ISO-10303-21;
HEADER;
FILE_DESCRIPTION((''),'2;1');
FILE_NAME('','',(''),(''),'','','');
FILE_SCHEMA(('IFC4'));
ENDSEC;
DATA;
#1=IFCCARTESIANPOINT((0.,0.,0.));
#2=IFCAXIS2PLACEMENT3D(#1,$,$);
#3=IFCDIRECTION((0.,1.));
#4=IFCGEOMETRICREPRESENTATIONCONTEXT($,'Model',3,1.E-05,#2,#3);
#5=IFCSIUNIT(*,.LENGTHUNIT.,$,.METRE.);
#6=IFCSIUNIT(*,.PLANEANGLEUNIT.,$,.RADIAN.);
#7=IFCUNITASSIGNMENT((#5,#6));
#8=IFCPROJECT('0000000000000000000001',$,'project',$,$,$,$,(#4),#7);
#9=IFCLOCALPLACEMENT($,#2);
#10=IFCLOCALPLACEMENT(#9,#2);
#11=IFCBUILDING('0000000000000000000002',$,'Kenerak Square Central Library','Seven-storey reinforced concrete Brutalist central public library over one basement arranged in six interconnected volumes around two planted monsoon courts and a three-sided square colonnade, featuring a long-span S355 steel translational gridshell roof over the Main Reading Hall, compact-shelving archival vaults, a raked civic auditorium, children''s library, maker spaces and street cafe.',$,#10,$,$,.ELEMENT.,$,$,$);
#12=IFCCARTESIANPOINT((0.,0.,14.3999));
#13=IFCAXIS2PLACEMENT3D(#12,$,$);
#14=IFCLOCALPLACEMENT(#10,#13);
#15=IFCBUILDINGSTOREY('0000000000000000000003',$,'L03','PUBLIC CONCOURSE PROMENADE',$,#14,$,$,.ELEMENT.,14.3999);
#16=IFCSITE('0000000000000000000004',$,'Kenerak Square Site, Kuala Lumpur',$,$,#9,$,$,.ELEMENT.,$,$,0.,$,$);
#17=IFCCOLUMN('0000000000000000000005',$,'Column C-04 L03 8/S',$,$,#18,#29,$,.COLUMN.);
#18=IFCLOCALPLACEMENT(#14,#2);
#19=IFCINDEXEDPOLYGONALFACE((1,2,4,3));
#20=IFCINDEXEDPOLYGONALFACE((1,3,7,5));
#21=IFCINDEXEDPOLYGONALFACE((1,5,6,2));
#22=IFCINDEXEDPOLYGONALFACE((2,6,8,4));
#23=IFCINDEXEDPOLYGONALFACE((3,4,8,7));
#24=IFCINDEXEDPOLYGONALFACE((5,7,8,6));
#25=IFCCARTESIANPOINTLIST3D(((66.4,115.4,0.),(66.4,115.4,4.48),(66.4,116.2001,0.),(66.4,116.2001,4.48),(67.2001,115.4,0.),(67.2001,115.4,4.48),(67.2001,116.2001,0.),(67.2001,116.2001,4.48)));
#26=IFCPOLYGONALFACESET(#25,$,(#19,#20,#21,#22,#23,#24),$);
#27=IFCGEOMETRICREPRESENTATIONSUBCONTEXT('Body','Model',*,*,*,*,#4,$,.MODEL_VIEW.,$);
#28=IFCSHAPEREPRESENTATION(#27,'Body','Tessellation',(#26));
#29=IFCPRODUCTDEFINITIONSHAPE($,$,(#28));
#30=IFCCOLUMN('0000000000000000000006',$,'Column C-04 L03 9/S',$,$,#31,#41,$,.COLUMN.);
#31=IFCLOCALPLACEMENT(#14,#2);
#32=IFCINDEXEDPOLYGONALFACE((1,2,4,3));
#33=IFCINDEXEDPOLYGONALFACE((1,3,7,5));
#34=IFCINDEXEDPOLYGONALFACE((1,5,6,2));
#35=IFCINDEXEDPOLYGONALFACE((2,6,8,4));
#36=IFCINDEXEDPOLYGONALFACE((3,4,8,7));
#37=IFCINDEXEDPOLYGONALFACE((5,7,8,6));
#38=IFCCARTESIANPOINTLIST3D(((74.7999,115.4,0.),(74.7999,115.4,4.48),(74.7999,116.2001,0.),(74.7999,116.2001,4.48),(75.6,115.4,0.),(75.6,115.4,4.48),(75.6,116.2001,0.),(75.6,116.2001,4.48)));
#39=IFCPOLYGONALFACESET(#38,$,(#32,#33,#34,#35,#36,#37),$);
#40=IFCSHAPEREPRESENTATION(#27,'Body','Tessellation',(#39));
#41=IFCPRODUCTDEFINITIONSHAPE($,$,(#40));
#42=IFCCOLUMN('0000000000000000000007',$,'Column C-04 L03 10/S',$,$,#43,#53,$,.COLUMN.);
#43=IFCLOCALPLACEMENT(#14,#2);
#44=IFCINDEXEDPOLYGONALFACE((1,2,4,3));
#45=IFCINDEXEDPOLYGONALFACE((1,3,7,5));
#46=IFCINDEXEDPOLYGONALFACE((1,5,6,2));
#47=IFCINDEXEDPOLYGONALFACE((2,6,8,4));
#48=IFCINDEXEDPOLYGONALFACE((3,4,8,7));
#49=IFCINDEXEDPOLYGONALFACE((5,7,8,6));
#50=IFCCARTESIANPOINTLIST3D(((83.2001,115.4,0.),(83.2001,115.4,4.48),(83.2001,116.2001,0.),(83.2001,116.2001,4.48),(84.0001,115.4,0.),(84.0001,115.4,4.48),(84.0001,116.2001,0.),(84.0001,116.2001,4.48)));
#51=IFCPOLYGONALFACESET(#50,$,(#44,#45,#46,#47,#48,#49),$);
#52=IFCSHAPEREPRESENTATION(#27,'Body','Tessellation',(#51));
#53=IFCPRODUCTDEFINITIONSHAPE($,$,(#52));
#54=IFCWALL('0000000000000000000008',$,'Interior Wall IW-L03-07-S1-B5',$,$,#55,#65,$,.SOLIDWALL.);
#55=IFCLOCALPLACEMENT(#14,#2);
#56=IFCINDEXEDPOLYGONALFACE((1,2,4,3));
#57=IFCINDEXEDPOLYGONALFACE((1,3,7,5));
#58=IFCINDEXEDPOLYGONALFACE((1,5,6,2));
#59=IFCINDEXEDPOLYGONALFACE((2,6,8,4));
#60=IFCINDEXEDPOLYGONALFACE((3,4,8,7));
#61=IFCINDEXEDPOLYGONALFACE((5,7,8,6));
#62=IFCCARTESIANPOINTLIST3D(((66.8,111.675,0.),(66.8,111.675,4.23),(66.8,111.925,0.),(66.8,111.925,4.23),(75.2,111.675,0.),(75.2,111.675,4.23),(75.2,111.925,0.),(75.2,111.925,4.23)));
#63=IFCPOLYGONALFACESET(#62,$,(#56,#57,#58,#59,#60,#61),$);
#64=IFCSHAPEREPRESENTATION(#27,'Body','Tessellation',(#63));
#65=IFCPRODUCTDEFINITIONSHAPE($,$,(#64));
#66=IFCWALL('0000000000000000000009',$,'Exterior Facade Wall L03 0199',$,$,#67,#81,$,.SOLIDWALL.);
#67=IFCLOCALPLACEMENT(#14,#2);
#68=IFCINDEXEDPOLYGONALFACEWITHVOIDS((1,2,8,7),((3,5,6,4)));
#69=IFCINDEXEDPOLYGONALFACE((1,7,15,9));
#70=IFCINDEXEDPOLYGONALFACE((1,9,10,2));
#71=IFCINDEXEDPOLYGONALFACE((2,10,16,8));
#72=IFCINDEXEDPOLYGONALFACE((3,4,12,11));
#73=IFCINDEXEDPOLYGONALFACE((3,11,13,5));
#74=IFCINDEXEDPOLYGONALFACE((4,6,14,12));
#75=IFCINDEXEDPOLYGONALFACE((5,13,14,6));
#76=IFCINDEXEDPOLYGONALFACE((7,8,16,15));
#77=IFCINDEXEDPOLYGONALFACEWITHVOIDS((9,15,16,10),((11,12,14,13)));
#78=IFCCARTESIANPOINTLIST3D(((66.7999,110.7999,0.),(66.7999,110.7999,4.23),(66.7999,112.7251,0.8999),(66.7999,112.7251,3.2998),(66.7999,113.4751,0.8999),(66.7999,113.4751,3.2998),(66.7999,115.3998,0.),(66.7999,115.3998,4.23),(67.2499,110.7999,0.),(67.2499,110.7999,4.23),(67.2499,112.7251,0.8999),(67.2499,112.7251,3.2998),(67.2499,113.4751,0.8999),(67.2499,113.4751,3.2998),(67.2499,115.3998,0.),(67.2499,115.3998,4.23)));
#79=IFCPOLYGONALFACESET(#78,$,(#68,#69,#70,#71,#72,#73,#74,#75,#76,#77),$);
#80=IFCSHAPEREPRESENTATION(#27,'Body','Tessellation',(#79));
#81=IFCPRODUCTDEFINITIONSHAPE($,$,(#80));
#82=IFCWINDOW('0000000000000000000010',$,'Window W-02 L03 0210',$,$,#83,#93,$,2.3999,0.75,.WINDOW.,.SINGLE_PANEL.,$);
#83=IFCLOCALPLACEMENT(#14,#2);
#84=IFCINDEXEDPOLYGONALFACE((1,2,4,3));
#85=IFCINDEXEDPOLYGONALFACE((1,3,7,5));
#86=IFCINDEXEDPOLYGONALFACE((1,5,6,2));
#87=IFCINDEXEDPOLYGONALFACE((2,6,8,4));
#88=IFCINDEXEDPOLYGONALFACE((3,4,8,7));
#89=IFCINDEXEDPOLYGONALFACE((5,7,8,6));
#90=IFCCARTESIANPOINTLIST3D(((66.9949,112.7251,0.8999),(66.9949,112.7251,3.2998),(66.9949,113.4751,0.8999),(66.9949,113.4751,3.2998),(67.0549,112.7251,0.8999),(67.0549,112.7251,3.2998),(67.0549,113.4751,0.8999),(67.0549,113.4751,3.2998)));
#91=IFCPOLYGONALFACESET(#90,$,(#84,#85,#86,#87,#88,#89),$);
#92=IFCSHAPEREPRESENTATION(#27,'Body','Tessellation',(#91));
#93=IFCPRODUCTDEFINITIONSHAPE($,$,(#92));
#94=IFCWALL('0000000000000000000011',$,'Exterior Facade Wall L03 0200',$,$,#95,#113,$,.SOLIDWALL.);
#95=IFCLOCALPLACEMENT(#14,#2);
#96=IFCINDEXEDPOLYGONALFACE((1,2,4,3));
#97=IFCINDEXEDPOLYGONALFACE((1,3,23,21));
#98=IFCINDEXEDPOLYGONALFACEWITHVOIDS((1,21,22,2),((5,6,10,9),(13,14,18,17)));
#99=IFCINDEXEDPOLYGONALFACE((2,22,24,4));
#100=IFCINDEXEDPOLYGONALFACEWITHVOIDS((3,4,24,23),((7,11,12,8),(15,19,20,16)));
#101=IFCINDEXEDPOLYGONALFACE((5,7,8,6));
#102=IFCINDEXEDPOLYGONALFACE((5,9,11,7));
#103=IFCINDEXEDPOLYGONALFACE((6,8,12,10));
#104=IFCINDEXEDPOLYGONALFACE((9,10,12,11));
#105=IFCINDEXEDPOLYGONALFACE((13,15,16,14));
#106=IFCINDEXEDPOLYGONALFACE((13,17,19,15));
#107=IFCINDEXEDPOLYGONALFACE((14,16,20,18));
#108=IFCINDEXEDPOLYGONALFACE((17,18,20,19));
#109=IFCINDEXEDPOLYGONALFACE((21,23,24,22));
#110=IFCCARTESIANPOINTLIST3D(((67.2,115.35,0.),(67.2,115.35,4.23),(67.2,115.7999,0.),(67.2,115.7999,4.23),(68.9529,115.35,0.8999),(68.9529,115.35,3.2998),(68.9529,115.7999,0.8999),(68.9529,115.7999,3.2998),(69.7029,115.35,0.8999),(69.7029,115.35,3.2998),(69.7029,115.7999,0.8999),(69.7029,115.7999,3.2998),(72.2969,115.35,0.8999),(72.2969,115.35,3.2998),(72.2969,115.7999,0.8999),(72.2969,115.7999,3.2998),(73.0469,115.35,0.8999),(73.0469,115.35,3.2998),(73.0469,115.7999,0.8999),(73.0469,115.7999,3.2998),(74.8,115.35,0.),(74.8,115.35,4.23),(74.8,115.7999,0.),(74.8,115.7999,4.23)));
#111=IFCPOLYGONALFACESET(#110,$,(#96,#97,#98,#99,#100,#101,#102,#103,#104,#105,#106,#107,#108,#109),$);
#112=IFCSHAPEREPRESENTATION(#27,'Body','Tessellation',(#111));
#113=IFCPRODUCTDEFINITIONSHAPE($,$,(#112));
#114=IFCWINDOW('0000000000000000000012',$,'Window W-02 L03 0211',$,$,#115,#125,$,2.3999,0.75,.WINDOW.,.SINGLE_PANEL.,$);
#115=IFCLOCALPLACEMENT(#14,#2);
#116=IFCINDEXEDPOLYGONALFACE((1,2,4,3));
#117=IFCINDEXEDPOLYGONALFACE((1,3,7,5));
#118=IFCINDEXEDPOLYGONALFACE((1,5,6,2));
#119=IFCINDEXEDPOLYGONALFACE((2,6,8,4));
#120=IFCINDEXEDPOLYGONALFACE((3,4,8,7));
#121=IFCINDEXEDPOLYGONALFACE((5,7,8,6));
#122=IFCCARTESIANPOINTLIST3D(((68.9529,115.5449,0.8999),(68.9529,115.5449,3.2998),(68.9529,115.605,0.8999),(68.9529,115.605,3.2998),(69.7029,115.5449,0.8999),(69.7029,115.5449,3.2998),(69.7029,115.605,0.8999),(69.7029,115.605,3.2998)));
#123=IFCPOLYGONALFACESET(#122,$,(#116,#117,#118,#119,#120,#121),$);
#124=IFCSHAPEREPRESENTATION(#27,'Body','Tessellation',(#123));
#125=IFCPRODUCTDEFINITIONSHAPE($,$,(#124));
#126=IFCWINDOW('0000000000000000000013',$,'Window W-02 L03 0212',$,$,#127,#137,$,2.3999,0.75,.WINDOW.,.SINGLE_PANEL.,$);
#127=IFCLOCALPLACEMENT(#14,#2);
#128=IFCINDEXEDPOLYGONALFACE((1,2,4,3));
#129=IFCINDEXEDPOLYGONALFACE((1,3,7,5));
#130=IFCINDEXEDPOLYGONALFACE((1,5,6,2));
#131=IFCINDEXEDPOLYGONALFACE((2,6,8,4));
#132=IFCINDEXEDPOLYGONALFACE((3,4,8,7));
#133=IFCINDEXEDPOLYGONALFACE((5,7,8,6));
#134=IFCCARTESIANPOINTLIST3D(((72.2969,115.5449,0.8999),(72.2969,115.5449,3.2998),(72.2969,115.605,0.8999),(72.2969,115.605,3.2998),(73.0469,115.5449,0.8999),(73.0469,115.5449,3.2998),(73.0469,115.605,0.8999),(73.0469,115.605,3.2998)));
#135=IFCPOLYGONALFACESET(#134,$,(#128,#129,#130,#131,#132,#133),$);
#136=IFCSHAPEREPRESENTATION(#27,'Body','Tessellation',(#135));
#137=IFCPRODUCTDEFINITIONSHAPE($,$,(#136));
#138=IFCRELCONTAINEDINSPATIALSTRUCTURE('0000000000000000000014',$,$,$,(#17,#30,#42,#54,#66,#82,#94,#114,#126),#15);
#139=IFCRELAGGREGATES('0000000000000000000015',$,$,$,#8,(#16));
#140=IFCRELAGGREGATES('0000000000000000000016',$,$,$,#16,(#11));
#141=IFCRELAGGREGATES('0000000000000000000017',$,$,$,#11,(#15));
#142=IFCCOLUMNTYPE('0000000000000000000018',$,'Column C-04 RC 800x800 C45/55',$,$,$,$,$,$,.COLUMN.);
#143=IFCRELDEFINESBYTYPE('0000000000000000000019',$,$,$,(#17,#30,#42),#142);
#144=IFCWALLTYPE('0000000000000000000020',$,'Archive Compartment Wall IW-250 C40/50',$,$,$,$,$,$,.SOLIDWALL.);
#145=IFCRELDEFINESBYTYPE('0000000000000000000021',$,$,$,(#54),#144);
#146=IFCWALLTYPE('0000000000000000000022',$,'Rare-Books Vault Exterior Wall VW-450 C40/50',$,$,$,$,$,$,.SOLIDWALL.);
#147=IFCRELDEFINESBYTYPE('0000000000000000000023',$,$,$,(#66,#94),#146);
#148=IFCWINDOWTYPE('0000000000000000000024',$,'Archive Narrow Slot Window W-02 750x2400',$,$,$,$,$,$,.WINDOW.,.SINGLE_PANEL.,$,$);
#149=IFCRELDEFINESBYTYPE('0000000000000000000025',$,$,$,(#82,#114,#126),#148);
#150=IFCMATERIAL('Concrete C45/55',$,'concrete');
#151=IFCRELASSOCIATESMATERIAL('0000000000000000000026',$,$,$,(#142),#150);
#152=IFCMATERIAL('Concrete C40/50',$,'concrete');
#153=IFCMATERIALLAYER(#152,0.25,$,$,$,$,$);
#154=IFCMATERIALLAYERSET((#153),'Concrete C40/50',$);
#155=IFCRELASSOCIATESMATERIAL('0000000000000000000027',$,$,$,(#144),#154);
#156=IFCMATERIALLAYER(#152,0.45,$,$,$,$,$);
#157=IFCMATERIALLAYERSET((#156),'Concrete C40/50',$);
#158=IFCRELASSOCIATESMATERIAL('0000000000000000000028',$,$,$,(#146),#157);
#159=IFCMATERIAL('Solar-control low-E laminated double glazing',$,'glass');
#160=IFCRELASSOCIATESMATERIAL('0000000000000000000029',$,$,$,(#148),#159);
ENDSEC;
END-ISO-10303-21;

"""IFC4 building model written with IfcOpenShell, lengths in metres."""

from ifc_helpers import new_model, si_unit, direction, frame, frame_2d, origin, origin_2d, place, context, subcontext, project, spatial, rectangle, extrude, material, layer, layer_set, material_profile, profile_set, type_object, element, fill, save


model = new_model("IFC4")

# Units and contexts
model_context = context("Model", 3, precision=1e-05, world=origin(), true_north=direction((0.0, 1.0)))
body_context = subcontext(model_context, "Body", "Model", "MODEL_VIEW")
ifc_project = project(units=[si_unit("LENGTHUNIT", "METRE"), si_unit("PLANEANGLEUNIT", "RADIAN")], contexts=[model_context])

# Site, building, storey
site_placement = place(None, origin())
site = spatial("IfcSite", under=ifc_project, at=site_placement, Name="Kenerak Square Site, Kuala Lumpur", CompositionType="ELEMENT", RefElevation=0.0)
building_placement = place(site_placement, origin())
building = spatial("IfcBuilding", under=site, at=building_placement, Name="Kenerak Square Central Library", Description="Seven-storey reinforced concrete Brutalist central public library over one basement arranged in six interconnected volumes around two planted monsoon courts and a three-sided square colonnade, featuring a long-span S355 steel translational gridshell roof over the Main Reading Hall, compact-shelving archival vaults, a raked civic auditorium, children's library, maker spaces and street cafe.", CompositionType="ELEMENT")
storey_placement = place(building_placement, frame((0.0, 0.0, 14.3999)))
storey = spatial("IfcBuildingStorey", under=building, at=storey_placement, Name="L03", Description="PUBLIC CONCOURSE PROMENADE", CompositionType="ELEMENT", Elevation=14.3999)

# Columns
ifc_material_1 = material(Name="Concrete C45/55", Category="concrete")
ifc_material_profile = material_profile(ifc_material_1, rectangle(XDim=0.8, YDim=0.8, at=origin_2d()), Name="RC 800x800")
ifc_profile_set = profile_set([ifc_material_profile], Name="Concrete C45/55")
column_type = type_object("IfcColumnType", Name="Column C-04 RC 800x800 C45/55", PredefinedType="COLUMN", material=ifc_profile_set)
for number, where, z_axis, x_axis, name in (
    (1, (66.8, 115.8, 0.0), (0.0, 0.0, 1.0), (1.0, 0.0, 0.0), "Column C-04 L03 8/S"),
    (2, (75.2, 115.8, 0.0), (0.0, 0.0, 1.0), (1.0, 0.0, 0.0), "Column C-04 L03 9/S"),
    (3, (83.6001, 115.8, 0.0), (0.0, 0.0, 1.0), (1.0, 0.0, 0.0), "Column C-04 L03 10/S"),
):
    element("IfcColumn", number, at=place(storey_placement, frame(where, z_axis=z_axis, x_axis=x_axis)), inside=storey, type_object=column_type, Name=name, PredefinedType="COLUMN", context=body_context, shape_type="SweptSolid", body=[
        extrude(rectangle(XDim=0.8, YDim=0.8, at=origin_2d()), origin(), (0.0, 0.0, 1.0), 4.48),
    ])

# Wall
ifc_material_2 = material(Name="Concrete C40/50", Category="concrete")
ifc_layer_1 = layer(ifc_material_2, 0.25)
ifc_layer_set_1 = layer_set([ifc_layer_1], Name="Concrete C40/50")
wall_type_1 = type_object("IfcWallType", Name="Archive Compartment Wall IW-250 C40/50", PredefinedType="SOLIDWALL", material=ifc_layer_set_1)
wall_1_placement = place(storey_placement, frame((75.2, 111.8, 0.0), z_axis=(0.0, 0.0, 1.0), x_axis=(-1.0, 0.0, 0.0)))
element("IfcWall", 4, at=wall_1_placement, inside=storey, type_object=wall_type_1, Name="Interior Wall IW-L03-07-S1-B5", PredefinedType="SOLIDWALL", context=body_context, shape_type="SweptSolid", body=[
    extrude(rectangle(XDim=8.3999, YDim=0.25, at=frame_2d((4.2, 0.0))), origin(), (0.0, 0.0, 1.0), 4.23),
])

# Wall, opening, window
ifc_layer_2 = layer(ifc_material_2, 0.45)
ifc_layer_set_2 = layer_set([ifc_layer_2], Name="Concrete C40/50")
wall_type_2 = type_object("IfcWallType", Name="Rare-Books Vault Exterior Wall VW-450 C40/50", PredefinedType="SOLIDWALL", material=ifc_layer_set_2)
wall_2_placement = place(storey_placement, frame((67.0249, 110.8, 0.0), z_axis=(0.0, 0.0, 1.0), x_axis=(0.0, 1.0, 0.0)))
wall_2 = element("IfcWall", 5, at=wall_2_placement, inside=storey, type_object=wall_type_2, Name="Exterior Facade Wall L03 0199", PredefinedType="SOLIDWALL", context=body_context, shape_type="SweptSolid", body=[
    extrude(rectangle(XDim=4.5999, YDim=0.45, at=frame_2d((2.2998, 0.0))), origin(), (0.0, 0.0, 1.0), 4.23),
])
opening_1_placement = place(wall_2_placement, frame((1.925, 0.0, 0.8999)))
opening_1 = element("IfcOpeningElement", 6, at=opening_1_placement, cuts=wall_2, PredefinedType="OPENING", context=body_context, shape_type="SweptSolid", body=[
    extrude(rectangle(XDim=0.75, YDim=2.3999, at=frame_2d((0.375, 1.2))), frame((0.0, 0.2349, 0.0), z_axis=(0.0, -1.0, 0.0), x_axis=(1.0, 0.0, 0.0)), (0.0, 0.0, 1.0), 0.47),
])
ifc_material_3 = material(Name="Solar-control low-E laminated double glazing", Category="glass")
window_type = type_object("IfcWindowType", Name="Archive Narrow Slot Window W-02 750x2400", PartitioningType="SINGLE_PANEL", PredefinedType="WINDOW", material=ifc_material_3)
window_1_placement = place(opening_1_placement, origin())
window_1 = element("IfcWindow", 7, at=window_1_placement, inside=storey, type_object=window_type, Name="Window W-02 L03 0210", OverallHeight=2.3999, OverallWidth=0.75, PartitioningType="SINGLE_PANEL", PredefinedType="WINDOW", context=body_context, shape_type="SweptSolid", body=[
    extrude(rectangle(XDim=0.75, YDim=2.3999, at=frame_2d((0.375, 1.2))), frame((0.0, 0.03, 0.0), z_axis=(0.0, -1.0, 0.0), x_axis=(1.0, 0.0, 0.0)), (0.0, 0.0, 1.0), 0.0601),
])
fill(opening_1, window_1)

# Wall, openings, windows
wall_3_placement = place(storey_placement, frame((67.2, 115.575, 0.0), z_axis=(0.0, 0.0, 1.0), x_axis=(1.0, 0.0, 0.0)))
wall_3 = element("IfcWall", 8, at=wall_3_placement, inside=storey, type_object=wall_type_2, Name="Exterior Facade Wall L03 0200", PredefinedType="SOLIDWALL", context=body_context, shape_type="SweptSolid", body=[
    extrude(rectangle(XDim=7.6001, YDim=0.45, at=frame_2d((3.8, 0.0))), origin(), (0.0, 0.0, 1.0), 4.23),
])
opening_2_placement = place(wall_3_placement, frame((1.7529, 0.0, 0.8999)))
opening_2 = element("IfcOpeningElement", 9, at=opening_2_placement, cuts=wall_3, PredefinedType="OPENING", context=body_context, shape_type="SweptSolid", body=[
    extrude(rectangle(XDim=0.75, YDim=2.3999, at=frame_2d((0.375, 1.2))), frame((0.0, 0.2349, 0.0), z_axis=(0.0, -1.0, 0.0), x_axis=(1.0, 0.0, 0.0)), (0.0, 0.0, 1.0), 0.47),
])
opening_3_placement = place(wall_3_placement, frame((5.0969, 0.0, 0.8999)))
opening_3 = element("IfcOpeningElement", 10, at=opening_3_placement, cuts=wall_3, PredefinedType="OPENING", context=body_context, shape_type="SweptSolid", body=[
    extrude(rectangle(XDim=0.75, YDim=2.3999, at=frame_2d((0.375, 1.2))), frame((0.0, 0.2349, 0.0), z_axis=(0.0, -1.0, 0.0), x_axis=(1.0, 0.0, 0.0)), (0.0, 0.0, 1.0), 0.47),
])
window_2_placement = place(opening_2_placement, origin())
window_2 = element("IfcWindow", 11, at=window_2_placement, inside=storey, type_object=window_type, Name="Window W-02 L03 0211", OverallHeight=2.3999, OverallWidth=0.75, PartitioningType="SINGLE_PANEL", PredefinedType="WINDOW", context=body_context, shape_type="SweptSolid", body=[
    extrude(rectangle(XDim=0.75, YDim=2.3999, at=frame_2d((0.375, 1.2))), frame((0.0, 0.03, 0.0), z_axis=(0.0, -1.0, 0.0), x_axis=(1.0, 0.0, 0.0)), (0.0, 0.0, 1.0), 0.0601),
])
fill(opening_2, window_2)
window_3_placement = place(opening_3_placement, origin())
window_3 = element("IfcWindow", 12, at=window_3_placement, inside=storey, type_object=window_type, Name="Window W-02 L03 0212", OverallHeight=2.3999, OverallWidth=0.75, PartitioningType="SINGLE_PANEL", PredefinedType="WINDOW", context=body_context, shape_type="SweptSolid", body=[
    extrude(rectangle(XDim=0.75, YDim=2.3999, at=frame_2d((0.375, 1.2))), frame((0.0, 0.03, 0.0), z_axis=(0.0, -1.0, 0.0), x_axis=(1.0, 0.0, 0.0)), (0.0, 0.0, 1.0), 0.0601),
])
fill(opening_3, window_3)

save(model, "model.ifc")
